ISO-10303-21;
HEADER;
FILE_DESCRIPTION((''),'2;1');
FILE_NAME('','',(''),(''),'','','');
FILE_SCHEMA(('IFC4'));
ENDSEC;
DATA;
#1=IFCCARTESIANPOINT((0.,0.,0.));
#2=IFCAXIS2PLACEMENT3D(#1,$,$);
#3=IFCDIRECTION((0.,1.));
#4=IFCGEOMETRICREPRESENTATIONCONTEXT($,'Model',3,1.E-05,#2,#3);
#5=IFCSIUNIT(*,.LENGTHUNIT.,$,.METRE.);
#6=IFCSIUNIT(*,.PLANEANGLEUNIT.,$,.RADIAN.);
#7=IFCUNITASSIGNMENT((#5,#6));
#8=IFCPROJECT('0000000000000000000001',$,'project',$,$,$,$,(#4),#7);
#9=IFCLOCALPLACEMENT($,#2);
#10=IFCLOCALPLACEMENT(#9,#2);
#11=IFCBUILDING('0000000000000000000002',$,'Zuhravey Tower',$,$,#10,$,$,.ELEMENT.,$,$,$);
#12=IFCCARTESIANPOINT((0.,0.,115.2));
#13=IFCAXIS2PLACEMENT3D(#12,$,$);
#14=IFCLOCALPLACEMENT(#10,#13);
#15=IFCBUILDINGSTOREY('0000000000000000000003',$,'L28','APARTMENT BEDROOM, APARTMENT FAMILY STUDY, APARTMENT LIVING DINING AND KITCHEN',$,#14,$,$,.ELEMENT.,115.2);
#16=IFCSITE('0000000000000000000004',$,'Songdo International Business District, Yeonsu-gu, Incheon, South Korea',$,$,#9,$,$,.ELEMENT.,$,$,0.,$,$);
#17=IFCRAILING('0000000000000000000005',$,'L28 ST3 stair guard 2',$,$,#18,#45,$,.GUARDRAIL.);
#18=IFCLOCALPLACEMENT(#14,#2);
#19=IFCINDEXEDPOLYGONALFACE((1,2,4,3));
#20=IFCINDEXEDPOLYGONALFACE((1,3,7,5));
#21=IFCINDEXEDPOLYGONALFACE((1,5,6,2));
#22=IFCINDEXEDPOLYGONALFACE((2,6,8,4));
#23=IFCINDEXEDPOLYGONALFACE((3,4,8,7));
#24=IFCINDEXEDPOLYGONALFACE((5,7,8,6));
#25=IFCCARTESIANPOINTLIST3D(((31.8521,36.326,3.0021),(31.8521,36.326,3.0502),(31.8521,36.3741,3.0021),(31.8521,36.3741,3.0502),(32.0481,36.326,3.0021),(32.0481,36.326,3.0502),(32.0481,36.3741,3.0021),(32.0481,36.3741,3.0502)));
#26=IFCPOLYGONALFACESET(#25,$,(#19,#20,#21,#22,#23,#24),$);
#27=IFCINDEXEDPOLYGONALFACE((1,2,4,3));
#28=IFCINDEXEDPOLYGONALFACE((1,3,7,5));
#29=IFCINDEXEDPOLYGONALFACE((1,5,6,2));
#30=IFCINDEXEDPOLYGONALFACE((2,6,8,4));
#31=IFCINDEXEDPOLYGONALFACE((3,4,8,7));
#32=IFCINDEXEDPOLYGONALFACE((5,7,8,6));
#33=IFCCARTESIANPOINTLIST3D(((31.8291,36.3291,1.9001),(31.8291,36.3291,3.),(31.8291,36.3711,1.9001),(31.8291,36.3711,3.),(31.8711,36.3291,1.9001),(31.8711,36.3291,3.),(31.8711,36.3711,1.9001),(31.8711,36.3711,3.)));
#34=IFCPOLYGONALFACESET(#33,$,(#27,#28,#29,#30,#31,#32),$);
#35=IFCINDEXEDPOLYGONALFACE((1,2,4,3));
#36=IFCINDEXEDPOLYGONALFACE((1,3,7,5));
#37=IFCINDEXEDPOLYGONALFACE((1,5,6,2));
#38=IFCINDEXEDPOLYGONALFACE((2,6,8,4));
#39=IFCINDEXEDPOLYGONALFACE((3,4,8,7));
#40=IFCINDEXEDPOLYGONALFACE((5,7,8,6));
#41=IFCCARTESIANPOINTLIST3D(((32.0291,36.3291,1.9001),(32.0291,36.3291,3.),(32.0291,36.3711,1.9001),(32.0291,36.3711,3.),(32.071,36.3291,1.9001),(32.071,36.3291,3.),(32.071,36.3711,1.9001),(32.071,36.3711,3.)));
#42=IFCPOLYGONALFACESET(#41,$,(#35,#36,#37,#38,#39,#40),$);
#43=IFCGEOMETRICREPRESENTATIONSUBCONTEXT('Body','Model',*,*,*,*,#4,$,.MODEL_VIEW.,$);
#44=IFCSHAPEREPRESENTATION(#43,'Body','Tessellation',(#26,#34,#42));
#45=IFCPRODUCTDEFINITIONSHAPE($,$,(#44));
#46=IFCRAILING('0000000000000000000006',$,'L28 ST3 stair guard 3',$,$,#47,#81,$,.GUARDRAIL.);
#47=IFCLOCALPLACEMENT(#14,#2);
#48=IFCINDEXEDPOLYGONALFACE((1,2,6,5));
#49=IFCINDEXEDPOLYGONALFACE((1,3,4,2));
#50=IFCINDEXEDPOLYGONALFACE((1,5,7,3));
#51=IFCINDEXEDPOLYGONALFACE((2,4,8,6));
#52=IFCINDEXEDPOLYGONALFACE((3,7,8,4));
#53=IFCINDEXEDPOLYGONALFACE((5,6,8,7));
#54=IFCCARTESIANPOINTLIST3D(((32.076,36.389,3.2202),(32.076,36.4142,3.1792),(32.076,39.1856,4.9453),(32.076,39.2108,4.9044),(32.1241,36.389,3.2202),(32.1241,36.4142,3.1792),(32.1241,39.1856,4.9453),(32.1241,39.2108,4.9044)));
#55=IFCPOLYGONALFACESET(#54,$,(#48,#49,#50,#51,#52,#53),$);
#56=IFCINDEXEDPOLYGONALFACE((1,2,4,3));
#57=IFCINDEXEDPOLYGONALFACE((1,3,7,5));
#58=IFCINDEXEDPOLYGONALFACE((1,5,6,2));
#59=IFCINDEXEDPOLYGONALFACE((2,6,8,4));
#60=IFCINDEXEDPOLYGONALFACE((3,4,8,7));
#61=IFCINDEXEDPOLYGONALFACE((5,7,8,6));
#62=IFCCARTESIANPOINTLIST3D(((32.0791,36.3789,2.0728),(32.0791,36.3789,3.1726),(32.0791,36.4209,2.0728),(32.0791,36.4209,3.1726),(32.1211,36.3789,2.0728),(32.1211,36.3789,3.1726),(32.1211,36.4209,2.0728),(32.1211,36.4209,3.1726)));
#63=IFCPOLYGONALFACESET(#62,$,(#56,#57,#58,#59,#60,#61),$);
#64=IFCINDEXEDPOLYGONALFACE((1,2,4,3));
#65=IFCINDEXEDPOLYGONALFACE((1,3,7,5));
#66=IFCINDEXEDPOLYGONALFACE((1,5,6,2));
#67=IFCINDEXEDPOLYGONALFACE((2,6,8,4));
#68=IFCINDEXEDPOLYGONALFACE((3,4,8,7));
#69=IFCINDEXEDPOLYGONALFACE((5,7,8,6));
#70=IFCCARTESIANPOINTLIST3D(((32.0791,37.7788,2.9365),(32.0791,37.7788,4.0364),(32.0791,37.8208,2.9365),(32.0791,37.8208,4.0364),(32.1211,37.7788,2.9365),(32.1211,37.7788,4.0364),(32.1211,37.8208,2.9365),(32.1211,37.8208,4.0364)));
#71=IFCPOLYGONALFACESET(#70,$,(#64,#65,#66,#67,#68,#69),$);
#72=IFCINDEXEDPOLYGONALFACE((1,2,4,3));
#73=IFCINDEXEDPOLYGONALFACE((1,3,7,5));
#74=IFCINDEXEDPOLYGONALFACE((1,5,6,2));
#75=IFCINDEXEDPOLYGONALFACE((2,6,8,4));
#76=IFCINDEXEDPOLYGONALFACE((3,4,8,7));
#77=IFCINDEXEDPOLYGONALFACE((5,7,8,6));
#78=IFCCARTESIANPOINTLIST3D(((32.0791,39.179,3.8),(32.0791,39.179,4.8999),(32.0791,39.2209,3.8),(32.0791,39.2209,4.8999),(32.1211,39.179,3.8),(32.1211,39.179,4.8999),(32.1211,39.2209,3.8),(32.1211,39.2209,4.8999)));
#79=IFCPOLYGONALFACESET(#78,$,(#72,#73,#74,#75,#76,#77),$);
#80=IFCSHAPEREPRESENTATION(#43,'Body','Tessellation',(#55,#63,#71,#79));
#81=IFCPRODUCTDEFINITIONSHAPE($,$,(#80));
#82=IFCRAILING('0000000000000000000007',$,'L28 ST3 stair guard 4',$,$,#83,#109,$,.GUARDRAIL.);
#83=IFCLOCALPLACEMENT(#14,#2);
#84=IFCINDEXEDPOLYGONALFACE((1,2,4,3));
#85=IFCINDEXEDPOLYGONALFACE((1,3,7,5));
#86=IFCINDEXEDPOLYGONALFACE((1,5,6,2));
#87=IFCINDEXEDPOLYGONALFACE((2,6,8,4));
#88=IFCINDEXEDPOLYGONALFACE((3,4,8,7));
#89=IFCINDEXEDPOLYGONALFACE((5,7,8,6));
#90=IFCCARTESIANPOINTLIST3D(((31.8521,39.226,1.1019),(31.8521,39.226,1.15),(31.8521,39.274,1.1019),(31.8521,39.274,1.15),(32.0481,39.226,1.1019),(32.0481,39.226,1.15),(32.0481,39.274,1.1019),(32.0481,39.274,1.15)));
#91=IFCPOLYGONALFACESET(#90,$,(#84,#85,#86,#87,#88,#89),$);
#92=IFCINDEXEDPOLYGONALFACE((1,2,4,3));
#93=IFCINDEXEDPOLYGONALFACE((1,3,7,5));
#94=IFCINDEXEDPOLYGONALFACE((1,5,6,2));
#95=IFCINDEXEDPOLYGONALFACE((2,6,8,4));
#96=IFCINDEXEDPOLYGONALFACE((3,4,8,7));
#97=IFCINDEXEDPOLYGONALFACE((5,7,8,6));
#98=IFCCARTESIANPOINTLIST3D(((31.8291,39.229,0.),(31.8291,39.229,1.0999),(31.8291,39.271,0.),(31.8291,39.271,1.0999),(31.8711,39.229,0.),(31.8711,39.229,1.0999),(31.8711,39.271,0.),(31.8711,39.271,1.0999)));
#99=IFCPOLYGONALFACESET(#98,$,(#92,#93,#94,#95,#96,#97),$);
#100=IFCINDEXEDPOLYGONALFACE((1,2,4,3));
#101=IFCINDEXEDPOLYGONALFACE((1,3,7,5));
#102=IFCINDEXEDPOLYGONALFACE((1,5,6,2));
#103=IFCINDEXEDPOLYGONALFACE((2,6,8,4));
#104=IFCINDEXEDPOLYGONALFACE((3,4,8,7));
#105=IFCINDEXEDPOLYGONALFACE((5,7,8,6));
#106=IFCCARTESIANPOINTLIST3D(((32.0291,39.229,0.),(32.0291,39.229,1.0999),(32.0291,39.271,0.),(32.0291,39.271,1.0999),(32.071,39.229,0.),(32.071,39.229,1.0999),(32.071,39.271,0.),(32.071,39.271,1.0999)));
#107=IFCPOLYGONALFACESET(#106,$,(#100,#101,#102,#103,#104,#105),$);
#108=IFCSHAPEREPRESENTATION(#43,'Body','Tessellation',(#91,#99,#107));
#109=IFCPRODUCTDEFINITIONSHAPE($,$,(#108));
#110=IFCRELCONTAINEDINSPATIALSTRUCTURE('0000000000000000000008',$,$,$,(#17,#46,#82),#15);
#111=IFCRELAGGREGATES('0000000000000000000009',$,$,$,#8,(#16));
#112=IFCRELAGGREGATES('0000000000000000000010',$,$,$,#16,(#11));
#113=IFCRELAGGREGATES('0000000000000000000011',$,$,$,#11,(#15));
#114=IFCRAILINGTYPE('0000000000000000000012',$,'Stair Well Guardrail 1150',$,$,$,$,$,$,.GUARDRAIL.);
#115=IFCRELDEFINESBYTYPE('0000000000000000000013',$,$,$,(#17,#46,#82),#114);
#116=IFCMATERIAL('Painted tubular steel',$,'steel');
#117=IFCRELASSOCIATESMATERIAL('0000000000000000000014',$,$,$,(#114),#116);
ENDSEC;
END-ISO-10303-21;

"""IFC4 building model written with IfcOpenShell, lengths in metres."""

from ifc_helpers import new_model, si_unit, direction, frame, origin, origin_2d, place, context, subcontext, project, spatial, rectangle, extrude, material, type_object, element, save


model = new_model("IFC4")

# Units and contexts
model_context = context("Model", 3, precision=1e-05, world=origin(), true_north=direction((0.0, 1.0)))
body_context = subcontext(model_context, "Body", "Model", "MODEL_VIEW")
ifc_project = project(units=[si_unit("LENGTHUNIT", "METRE"), si_unit("PLANEANGLEUNIT", "RADIAN")], contexts=[model_context])

# Site, building, storey
site_placement = place(None, origin())
site = spatial("IfcSite", under=ifc_project, at=site_placement, Name="Songdo International Business District, Yeonsu-gu, Incheon, South Korea", CompositionType="ELEMENT", RefElevation=0.0)
building_placement = place(site_placement, origin())
building = spatial("IfcBuilding", under=site, at=building_placement, Name="Zuhravey Tower", CompositionType="ELEMENT")
storey_placement = place(building_placement, frame((0.0, 0.0, 115.2)))
storey = spatial("IfcBuildingStorey", under=building, at=storey_placement, Name="L28", Description="APARTMENT BEDROOM, APARTMENT FAMILY STUDY, APARTMENT LIVING DINING AND KITCHEN", CompositionType="ELEMENT", Elevation=115.2)

# Railings
ifc_material_1 = material(Name="Painted tubular steel", Category="steel")
railing_type_1 = type_object("IfcRailingType", Name="Stair Well Guardrail 1150", PredefinedType="GUARDRAIL", material=ifc_material_1)
railing_1_placement = place(storey_placement, frame((31.8501, 36.3501, 1.9001)))
element("IfcRailing", 1, at=railing_1_placement, inside=storey, type_object=railing_type_1, Name="L28 ST3 stair guard 2", PredefinedType="GUARDRAIL", context=body_context, shape_type="SweptSolid", body=[
    extrude(rectangle(XDim=0.0481, YDim=0.0481, at=origin_2d()), frame((0.002, 0.0, 1.126), z_axis=(1.0, 0.0, 0.0), x_axis=(0.0, 1.0, 0.0)), (0.0, 0.0, 1.0), 0.196),
    extrude(rectangle(XDim=0.042, YDim=0.042, at=origin_2d()), origin(), (0.0, 0.0, 1.0), 1.0999),
    extrude(rectangle(XDim=0.042, YDim=0.042, at=origin_2d()), frame((0.2, 0.0, 0.0)), (0.0, 0.0, 1.0), 1.0999),
])
railing_2_placement = place(storey_placement, frame((32.1001, 36.3999, 2.0728)))
element("IfcRailing", 2, at=railing_2_placement, inside=storey, type_object=railing_type_1, Name="L28 ST3 stair guard 3", PredefinedType="GUARDRAIL", context=body_context, shape_type="SweptSolid", body=[
    extrude(rectangle(XDim=0.0481, YDim=0.0481, at=origin_2d()), frame((0.0, 0.0017, 1.127), z_axis=(0.0, 0.85109, 0.52502), x_axis=(-1.0, 0.0, 0.0)), (0.0, 0.0, 1.0), 3.2859),
    extrude(rectangle(XDim=0.042, YDim=0.042, at=origin_2d()), origin(), (0.0, 0.0, 1.0), 1.0999),
    extrude(rectangle(XDim=0.042, YDim=0.042, at=origin_2d()), frame((0.0, 1.3999, 0.8638)), (0.0, 0.0, 1.0), 1.0999),
    extrude(rectangle(XDim=0.042, YDim=0.042, at=origin_2d()), frame((0.0, 2.8, 1.7273)), (0.0, 0.0, 1.0), 1.0999),
])
railing_3_placement = place(storey_placement, frame((31.8501, 39.25, 0.0)))
element("IfcRailing", 3, at=railing_3_placement, inside=storey, type_object=railing_type_1, Name="L28 ST3 stair guard 4", PredefinedType="GUARDRAIL", context=body_context, shape_type="SweptSolid", body=[
    extrude(rectangle(XDim=0.0481, YDim=0.0481, at=origin_2d()), frame((0.002, 0.0, 1.126), z_axis=(1.0, 0.0, 0.0), x_axis=(0.0, 1.0, 0.0)), (0.0, 0.0, 1.0), 0.196),
    extrude(rectangle(XDim=0.042, YDim=0.042, at=origin_2d()), origin(), (0.0, 0.0, 1.0), 1.0999),
    extrude(rectangle(XDim=0.042, YDim=0.042, at=origin_2d()), frame((0.2, 0.0, 0.0)), (0.0, 0.0, 1.0), 1.0999),
])

save(model, "model.ifc")
